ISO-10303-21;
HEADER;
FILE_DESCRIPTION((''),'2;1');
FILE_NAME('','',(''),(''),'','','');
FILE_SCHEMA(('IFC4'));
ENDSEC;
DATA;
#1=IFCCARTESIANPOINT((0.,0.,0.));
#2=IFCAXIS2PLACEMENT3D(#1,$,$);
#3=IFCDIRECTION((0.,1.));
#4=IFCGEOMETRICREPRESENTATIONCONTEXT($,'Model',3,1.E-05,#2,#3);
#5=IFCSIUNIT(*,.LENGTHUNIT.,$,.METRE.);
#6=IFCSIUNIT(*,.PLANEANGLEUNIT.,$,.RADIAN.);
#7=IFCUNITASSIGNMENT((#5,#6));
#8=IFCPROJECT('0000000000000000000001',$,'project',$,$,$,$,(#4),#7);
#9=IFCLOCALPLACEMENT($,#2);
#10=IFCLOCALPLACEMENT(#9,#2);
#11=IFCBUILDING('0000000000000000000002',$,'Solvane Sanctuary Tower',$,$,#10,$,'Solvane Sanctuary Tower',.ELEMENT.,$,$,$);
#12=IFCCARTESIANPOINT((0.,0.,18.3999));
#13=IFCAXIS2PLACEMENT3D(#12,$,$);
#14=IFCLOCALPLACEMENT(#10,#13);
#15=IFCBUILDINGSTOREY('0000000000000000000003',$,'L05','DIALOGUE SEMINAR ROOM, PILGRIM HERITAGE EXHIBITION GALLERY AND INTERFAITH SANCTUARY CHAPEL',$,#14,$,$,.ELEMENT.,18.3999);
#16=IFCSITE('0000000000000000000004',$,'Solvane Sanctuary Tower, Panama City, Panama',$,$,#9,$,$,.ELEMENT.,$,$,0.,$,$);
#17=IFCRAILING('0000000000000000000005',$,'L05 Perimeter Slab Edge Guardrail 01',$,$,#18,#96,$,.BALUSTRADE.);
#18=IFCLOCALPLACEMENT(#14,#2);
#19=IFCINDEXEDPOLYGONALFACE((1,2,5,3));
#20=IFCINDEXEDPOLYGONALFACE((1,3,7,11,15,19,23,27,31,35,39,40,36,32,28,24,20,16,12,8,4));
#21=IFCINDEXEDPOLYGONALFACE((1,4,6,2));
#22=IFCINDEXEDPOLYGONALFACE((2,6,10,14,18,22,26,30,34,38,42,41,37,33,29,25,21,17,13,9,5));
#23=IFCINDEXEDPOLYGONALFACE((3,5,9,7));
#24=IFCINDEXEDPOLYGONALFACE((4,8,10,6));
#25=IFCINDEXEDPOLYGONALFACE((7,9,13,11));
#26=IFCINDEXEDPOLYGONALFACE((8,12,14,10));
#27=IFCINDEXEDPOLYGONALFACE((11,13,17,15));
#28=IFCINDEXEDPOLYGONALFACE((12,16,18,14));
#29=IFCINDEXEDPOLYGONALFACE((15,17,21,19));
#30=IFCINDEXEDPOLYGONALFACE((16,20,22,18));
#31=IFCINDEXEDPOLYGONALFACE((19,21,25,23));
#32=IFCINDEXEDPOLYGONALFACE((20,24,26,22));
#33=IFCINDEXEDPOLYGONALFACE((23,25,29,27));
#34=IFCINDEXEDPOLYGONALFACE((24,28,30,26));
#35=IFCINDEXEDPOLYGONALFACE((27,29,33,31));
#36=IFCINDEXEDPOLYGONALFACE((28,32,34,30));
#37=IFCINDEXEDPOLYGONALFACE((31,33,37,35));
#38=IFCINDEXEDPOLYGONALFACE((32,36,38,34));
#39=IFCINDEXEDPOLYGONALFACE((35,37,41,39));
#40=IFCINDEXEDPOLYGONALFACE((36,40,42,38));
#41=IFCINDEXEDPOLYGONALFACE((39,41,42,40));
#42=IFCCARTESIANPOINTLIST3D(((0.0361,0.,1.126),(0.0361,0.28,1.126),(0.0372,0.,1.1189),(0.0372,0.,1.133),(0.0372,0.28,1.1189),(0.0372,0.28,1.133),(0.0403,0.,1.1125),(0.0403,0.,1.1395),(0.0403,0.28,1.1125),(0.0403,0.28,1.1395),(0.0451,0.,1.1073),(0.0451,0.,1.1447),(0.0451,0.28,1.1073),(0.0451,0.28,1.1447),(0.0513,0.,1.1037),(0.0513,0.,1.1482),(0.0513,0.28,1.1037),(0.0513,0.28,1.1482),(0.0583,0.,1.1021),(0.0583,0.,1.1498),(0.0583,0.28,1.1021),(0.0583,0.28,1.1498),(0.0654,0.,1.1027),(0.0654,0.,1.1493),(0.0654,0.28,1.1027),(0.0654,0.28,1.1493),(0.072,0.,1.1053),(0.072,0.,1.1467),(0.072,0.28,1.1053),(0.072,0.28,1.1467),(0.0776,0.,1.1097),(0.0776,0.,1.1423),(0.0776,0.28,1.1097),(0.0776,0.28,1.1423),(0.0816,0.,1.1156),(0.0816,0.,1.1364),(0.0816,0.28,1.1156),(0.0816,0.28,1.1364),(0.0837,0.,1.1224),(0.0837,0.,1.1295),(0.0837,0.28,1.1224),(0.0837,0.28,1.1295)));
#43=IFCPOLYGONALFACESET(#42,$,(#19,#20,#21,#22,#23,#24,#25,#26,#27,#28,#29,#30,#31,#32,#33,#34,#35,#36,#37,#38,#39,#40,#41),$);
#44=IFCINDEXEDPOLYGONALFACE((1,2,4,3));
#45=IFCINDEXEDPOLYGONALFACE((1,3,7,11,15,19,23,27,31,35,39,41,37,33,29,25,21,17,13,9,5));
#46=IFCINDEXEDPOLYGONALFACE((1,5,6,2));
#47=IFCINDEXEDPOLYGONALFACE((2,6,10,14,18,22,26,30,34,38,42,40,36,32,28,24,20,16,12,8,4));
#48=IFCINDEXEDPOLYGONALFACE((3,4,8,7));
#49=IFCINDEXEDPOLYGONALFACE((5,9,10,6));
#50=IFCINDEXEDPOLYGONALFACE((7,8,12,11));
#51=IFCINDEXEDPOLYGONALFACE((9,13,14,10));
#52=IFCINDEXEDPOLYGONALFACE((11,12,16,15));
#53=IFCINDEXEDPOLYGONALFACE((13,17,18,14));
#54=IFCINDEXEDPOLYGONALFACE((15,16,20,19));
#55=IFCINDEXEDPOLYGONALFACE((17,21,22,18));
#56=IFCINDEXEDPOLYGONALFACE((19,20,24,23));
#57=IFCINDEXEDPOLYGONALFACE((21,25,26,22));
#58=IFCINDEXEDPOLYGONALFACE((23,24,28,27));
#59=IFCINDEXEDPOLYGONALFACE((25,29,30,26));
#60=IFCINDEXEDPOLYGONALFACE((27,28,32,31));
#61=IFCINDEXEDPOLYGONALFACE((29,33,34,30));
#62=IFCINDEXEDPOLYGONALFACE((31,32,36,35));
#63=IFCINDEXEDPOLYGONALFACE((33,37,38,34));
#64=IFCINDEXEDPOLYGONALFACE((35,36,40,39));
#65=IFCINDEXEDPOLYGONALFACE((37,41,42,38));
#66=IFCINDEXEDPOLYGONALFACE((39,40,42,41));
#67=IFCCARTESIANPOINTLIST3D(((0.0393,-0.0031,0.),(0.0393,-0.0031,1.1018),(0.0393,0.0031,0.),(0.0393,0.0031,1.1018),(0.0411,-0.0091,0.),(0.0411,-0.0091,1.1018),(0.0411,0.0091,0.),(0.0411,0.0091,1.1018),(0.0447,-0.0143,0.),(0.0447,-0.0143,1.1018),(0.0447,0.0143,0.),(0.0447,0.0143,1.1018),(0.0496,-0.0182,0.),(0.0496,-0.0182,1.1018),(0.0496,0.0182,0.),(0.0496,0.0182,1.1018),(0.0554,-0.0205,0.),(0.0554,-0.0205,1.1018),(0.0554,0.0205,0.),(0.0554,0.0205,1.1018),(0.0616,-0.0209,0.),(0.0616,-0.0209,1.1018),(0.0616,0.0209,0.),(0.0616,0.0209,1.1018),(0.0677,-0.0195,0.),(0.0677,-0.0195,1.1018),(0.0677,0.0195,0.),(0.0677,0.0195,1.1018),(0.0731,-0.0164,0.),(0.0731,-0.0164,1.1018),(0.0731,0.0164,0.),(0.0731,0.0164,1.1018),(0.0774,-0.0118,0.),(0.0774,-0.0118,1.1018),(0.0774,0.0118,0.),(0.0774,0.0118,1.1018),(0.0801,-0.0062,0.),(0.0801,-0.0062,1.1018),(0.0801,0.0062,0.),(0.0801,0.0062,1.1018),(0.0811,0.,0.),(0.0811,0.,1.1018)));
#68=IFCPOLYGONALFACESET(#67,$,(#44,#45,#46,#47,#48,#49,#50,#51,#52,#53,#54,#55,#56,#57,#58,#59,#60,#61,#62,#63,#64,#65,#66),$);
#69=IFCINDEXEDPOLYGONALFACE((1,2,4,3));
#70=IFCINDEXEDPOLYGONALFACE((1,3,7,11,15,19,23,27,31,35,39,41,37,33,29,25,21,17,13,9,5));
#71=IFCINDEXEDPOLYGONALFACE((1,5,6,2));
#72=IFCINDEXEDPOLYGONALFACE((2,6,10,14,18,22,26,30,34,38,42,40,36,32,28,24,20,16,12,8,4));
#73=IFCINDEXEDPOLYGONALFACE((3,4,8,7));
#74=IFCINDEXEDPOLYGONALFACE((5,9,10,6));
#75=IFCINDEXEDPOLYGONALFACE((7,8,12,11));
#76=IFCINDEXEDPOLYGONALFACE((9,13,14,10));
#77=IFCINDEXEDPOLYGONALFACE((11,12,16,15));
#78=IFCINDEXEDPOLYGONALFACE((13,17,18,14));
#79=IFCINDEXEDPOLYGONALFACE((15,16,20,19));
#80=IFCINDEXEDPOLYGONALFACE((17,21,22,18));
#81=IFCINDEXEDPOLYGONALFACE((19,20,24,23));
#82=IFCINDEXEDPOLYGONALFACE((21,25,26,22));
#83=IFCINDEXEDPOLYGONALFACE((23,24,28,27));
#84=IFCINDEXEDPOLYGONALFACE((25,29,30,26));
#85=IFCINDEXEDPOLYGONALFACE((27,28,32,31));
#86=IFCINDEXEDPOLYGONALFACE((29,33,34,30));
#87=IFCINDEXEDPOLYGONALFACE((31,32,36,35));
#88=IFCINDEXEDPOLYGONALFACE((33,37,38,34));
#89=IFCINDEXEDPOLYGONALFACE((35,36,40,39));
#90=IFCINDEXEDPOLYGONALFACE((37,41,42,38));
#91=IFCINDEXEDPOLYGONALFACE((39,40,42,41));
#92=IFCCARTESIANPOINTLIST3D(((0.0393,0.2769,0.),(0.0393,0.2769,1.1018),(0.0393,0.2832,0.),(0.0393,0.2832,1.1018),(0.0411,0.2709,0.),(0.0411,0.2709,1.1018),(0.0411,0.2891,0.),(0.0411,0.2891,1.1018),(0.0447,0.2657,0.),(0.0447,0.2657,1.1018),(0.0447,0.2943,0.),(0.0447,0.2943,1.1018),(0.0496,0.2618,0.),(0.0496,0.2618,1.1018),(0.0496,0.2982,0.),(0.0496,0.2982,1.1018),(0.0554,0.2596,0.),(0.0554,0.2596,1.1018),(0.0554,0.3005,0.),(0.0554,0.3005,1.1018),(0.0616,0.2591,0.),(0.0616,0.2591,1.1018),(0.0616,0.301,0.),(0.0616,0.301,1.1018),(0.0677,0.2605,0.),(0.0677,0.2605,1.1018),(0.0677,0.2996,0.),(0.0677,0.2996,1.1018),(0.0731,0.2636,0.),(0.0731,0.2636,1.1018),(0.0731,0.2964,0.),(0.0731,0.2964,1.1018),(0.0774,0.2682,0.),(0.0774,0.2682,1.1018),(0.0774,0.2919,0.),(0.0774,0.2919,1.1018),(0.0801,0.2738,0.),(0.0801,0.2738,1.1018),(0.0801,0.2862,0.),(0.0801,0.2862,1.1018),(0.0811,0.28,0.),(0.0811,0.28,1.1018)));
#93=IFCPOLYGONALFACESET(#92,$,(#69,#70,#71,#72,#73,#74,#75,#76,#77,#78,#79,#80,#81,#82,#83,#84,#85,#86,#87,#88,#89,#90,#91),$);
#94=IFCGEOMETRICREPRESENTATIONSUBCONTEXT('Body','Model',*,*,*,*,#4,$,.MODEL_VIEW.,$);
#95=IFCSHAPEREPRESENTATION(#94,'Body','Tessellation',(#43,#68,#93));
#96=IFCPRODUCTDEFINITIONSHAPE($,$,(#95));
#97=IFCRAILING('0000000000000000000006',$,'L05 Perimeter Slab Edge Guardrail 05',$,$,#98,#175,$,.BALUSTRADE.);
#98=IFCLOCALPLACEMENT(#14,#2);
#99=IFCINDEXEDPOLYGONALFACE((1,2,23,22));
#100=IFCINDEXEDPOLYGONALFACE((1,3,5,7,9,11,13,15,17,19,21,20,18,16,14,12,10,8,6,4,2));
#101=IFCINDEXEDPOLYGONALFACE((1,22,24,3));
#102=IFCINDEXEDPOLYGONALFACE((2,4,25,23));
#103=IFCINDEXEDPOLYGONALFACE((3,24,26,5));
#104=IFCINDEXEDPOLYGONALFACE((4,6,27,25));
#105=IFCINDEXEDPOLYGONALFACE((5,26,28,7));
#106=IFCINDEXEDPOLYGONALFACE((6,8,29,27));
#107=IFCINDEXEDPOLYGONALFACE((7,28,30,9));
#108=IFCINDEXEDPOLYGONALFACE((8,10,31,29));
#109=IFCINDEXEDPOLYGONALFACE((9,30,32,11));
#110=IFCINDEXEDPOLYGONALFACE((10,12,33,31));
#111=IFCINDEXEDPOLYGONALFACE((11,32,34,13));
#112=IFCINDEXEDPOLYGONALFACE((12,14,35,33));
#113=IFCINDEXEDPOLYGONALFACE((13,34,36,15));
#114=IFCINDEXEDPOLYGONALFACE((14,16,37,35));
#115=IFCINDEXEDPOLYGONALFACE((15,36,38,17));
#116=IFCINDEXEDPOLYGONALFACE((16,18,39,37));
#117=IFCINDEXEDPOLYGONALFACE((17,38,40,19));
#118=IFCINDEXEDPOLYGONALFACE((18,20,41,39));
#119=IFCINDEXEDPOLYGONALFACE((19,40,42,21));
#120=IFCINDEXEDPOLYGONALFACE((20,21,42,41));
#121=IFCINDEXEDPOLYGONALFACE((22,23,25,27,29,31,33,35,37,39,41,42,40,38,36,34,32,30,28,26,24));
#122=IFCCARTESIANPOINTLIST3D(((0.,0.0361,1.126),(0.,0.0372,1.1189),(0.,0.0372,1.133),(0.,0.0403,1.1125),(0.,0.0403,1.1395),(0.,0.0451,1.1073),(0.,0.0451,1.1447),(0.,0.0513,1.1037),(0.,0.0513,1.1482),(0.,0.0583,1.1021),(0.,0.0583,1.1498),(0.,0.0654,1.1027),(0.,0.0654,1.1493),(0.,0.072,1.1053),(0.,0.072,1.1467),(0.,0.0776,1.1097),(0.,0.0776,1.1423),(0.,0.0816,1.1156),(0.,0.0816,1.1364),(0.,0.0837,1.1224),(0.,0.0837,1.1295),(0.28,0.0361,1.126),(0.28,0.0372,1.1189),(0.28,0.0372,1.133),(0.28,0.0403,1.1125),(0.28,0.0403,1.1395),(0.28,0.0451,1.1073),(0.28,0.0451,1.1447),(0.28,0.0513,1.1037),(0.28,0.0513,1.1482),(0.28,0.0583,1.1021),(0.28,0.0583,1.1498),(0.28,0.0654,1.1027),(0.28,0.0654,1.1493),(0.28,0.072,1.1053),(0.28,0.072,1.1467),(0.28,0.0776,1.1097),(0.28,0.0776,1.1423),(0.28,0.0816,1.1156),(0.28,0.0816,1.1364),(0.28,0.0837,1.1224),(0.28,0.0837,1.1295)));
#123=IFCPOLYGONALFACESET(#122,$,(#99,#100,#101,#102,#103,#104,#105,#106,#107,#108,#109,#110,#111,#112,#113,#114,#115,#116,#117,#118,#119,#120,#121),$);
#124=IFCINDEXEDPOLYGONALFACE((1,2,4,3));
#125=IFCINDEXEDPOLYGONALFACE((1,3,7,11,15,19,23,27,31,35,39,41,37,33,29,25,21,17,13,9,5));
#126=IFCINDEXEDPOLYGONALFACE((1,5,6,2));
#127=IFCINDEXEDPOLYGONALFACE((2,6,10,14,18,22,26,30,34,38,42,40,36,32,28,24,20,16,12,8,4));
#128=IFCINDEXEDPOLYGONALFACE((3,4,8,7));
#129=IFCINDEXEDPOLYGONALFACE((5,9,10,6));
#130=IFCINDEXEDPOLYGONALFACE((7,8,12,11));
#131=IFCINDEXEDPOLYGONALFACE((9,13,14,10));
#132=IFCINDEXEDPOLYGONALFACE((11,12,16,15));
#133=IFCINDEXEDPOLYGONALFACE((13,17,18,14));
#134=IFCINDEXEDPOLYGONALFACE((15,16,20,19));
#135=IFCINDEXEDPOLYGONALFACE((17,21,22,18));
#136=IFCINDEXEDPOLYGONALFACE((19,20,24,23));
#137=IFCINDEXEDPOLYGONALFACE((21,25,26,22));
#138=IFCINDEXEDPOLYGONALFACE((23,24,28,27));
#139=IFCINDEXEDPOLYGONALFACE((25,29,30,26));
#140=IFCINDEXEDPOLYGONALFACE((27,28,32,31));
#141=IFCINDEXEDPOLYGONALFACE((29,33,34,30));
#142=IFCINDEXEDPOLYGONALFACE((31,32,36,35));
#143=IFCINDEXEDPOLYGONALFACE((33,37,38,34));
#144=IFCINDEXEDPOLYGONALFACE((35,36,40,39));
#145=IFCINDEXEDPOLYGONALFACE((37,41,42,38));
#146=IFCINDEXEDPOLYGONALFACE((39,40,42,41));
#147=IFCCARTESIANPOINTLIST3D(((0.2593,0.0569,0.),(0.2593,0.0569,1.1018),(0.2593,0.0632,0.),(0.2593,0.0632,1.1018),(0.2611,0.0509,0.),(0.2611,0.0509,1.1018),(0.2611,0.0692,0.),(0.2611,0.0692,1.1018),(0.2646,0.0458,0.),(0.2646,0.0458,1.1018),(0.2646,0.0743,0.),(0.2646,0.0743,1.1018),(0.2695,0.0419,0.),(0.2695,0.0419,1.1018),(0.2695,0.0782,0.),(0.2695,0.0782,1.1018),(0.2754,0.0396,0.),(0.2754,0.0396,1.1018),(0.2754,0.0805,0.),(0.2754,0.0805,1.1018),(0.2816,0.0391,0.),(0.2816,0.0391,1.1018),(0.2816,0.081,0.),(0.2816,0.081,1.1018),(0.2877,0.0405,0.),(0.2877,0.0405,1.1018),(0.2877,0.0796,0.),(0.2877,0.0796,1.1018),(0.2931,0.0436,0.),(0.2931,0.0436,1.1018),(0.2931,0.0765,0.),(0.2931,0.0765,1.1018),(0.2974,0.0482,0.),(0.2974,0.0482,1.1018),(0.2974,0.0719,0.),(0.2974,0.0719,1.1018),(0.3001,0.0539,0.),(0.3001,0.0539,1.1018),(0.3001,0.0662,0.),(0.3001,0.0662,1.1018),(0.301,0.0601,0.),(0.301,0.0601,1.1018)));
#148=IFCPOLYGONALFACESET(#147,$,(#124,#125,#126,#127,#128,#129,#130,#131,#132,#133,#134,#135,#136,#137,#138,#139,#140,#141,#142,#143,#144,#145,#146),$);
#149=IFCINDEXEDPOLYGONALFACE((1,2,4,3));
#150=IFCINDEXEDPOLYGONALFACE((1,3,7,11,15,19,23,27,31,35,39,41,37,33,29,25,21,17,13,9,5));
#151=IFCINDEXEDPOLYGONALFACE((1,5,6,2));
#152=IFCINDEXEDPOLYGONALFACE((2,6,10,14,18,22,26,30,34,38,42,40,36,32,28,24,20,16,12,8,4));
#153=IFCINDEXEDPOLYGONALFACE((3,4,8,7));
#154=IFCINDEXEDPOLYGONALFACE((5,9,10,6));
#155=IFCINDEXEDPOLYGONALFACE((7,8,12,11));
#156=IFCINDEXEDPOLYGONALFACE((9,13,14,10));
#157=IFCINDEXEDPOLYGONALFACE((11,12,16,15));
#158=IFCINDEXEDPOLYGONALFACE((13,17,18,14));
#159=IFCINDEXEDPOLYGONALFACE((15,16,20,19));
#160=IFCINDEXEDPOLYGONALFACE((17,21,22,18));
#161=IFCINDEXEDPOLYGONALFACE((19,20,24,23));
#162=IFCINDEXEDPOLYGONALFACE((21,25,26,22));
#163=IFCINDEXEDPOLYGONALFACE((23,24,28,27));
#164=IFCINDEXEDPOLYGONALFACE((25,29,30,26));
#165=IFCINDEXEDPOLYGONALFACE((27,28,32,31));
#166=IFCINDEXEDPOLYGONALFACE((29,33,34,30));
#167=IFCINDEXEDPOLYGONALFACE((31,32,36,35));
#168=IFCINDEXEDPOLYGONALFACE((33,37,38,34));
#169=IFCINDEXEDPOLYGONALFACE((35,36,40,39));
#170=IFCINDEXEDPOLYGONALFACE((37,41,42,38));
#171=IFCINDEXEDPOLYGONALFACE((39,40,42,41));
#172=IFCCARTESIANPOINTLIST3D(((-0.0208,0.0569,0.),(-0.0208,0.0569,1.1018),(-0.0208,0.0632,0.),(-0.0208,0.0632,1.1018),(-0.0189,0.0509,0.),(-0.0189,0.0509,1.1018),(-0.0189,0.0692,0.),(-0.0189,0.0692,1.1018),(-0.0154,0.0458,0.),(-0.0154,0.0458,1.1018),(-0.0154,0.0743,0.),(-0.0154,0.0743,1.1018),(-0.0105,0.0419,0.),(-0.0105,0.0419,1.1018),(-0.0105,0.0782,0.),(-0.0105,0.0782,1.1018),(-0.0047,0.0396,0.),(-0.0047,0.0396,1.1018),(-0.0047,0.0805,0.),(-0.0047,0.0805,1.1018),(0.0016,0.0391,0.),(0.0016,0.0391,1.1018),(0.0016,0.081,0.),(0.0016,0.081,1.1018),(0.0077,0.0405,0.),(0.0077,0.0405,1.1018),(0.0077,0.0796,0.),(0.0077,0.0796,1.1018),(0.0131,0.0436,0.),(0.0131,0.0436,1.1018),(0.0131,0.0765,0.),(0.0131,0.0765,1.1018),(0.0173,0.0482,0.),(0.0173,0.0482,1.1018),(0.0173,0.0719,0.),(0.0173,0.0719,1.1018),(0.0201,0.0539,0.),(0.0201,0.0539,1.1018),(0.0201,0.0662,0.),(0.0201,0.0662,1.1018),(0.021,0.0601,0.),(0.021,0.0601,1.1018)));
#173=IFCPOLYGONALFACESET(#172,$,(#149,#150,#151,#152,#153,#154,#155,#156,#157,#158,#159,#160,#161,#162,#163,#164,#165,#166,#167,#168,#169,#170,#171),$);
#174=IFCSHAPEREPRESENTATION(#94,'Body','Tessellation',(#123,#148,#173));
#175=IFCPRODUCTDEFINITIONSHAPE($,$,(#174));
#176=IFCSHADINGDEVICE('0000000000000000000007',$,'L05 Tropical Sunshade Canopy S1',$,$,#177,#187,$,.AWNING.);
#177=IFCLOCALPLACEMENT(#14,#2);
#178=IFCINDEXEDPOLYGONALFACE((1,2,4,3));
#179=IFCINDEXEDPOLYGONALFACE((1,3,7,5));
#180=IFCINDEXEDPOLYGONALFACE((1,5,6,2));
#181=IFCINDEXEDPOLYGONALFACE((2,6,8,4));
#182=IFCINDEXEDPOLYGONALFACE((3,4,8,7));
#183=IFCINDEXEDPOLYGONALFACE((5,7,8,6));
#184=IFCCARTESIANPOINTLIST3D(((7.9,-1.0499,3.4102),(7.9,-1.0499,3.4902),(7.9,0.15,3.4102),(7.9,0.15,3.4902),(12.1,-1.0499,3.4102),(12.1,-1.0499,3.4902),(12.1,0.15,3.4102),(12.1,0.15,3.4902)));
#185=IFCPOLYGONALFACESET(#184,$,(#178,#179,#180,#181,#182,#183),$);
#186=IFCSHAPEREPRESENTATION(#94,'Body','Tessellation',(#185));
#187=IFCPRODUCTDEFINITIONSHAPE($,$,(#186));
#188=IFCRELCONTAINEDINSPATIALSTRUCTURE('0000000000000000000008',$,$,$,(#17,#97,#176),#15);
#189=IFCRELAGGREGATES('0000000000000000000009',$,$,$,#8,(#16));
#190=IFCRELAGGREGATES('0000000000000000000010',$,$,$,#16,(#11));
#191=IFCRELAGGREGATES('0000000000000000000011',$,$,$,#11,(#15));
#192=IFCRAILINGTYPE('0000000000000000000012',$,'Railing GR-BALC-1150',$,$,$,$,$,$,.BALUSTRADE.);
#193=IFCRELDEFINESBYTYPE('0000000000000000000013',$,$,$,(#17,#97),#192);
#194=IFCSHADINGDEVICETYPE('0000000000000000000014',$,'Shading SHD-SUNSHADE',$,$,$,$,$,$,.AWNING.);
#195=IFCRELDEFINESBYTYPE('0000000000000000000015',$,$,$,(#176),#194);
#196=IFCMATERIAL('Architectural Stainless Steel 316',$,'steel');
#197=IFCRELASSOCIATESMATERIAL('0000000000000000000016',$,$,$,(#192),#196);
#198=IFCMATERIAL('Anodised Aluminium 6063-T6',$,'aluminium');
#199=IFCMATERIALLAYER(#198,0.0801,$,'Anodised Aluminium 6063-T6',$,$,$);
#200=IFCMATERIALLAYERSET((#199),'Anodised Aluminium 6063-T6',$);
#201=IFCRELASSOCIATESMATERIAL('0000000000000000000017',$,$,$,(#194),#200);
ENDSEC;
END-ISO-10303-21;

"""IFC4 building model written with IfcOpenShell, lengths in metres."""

from ifc_helpers import new_model, si_unit, direction, frame, origin, origin_2d, place, context, subcontext, project, spatial, rectangle, circle, extrude, material, layer, layer_set, type_object, element, save


model = new_model("IFC4")

# Units and contexts
model_context = context("Model", 3, precision=1e-05, world=origin(), true_north=direction((0.0, 1.0)))
body_context = subcontext(model_context, "Body", "Model", "MODEL_VIEW")
ifc_project = project(units=[si_unit("LENGTHUNIT", "METRE"), si_unit("PLANEANGLEUNIT", "RADIAN")], contexts=[model_context])

# Site, building, storey
site_placement = place(None, origin())
site = spatial("IfcSite", under=ifc_project, at=site_placement, Name="Solvane Sanctuary Tower, Panama City, Panama", CompositionType="ELEMENT", RefElevation=0.0)
building_placement = place(site_placement, origin())
building = spatial("IfcBuilding", under=site, at=building_placement, Name="Solvane Sanctuary Tower", LongName="Solvane Sanctuary Tower", CompositionType="ELEMENT")
storey_placement = place(building_placement, frame((0.0, 0.0, 18.3999)))
storey = spatial("IfcBuildingStorey", under=building, at=storey_placement, Name="L05", Description="DIALOGUE SEMINAR ROOM, PILGRIM HERITAGE EXHIBITION GALLERY AND INTERFAITH SANCTUARY CHAPEL", CompositionType="ELEMENT", Elevation=18.3999)

# Shared definitions
ifc_material_1 = material(Name="Architectural Stainless Steel 316", Category="steel")

# Railings
railing_type = type_object("IfcRailingType", Name="Railing GR-BALC-1150", PredefinedType="BALUSTRADE", material=ifc_material_1)
railing_1_placement = place(storey_placement, frame((0.0601, 0.0, 0.0)))
element("IfcRailing", 1, at=railing_1_placement, inside=storey, type_object=railing_type, Name="L05 Perimeter Slab Edge Guardrail 01", PredefinedType="BALUSTRADE", context=body_context, shape_type="SweptSolid", body=[
    extrude(circle(Radius=0.0239, at=origin_2d()), frame((0.0, 0.0, 1.126), z_axis=(0.0, 1.0, 0.0), x_axis=(-1.0, 0.0, 0.0)), (0.0, 0.0, 1.0), 0.28),
    extrude(circle(Radius=0.021, at=origin_2d()), origin(), (0.0, 0.0, 1.0), 1.1018),
    extrude(circle(Radius=0.021, at=origin_2d()), frame((0.0, 0.28, 0.0)), (0.0, 0.0, 1.0), 1.1018),
])
railing_2_placement = place(storey_placement, frame((0.28, 0.0601, 0.0)))
element("IfcRailing", 2, at=railing_2_placement, inside=storey, type_object=railing_type, Name="L05 Perimeter Slab Edge Guardrail 05", PredefinedType="BALUSTRADE", context=body_context, shape_type="SweptSolid", body=[
    extrude(circle(Radius=0.0239, at=origin_2d()), frame((0.0, 0.0, 1.126), z_axis=(-1.0, 0.0, 0.0), x_axis=(0.0, -1.0, 0.0)), (0.0, 0.0, 1.0), 0.28),
    extrude(circle(Radius=0.021, at=origin_2d()), origin(), (0.0, 0.0, 1.0), 1.1018),
    extrude(circle(Radius=0.021, at=origin_2d()), frame((-0.28, 0.0, 0.0)), (0.0, 0.0, 1.0), 1.1018),
])

# Shading device
ifc_material_2 = material(Name="Anodised Aluminium 6063-T6", Category="aluminium")
ifc_layer_1 = layer(ifc_material_2, 0.0801, Name="Anodised Aluminium 6063-T6")
ifc_layer_set_1 = layer_set([ifc_layer_1], Name="Anodised Aluminium 6063-T6")
shading_device_type = type_object("IfcShadingDeviceType", Name="Shading SHD-SUNSHADE", PredefinedType="AWNING", material=ifc_layer_set_1)
shading_device_placement = place(storey_placement, frame((10.0, -0.45, 3.4102), z_axis=(0.0, 0.0, 1.0), x_axis=(1.0, 0.0, 0.0)))
element("IfcShadingDevice", 3, at=shading_device_placement, inside=storey, type_object=shading_device_type, Name="L05 Tropical Sunshade Canopy S1", PredefinedType="AWNING", context=body_context, shape_type="SweptSolid", body=[
    extrude(rectangle(XDim=4.2, YDim=1.2, at=origin_2d()), origin(), (0.0, 0.0, 1.0), 0.0801),
])

save(model, "model.ifc")
